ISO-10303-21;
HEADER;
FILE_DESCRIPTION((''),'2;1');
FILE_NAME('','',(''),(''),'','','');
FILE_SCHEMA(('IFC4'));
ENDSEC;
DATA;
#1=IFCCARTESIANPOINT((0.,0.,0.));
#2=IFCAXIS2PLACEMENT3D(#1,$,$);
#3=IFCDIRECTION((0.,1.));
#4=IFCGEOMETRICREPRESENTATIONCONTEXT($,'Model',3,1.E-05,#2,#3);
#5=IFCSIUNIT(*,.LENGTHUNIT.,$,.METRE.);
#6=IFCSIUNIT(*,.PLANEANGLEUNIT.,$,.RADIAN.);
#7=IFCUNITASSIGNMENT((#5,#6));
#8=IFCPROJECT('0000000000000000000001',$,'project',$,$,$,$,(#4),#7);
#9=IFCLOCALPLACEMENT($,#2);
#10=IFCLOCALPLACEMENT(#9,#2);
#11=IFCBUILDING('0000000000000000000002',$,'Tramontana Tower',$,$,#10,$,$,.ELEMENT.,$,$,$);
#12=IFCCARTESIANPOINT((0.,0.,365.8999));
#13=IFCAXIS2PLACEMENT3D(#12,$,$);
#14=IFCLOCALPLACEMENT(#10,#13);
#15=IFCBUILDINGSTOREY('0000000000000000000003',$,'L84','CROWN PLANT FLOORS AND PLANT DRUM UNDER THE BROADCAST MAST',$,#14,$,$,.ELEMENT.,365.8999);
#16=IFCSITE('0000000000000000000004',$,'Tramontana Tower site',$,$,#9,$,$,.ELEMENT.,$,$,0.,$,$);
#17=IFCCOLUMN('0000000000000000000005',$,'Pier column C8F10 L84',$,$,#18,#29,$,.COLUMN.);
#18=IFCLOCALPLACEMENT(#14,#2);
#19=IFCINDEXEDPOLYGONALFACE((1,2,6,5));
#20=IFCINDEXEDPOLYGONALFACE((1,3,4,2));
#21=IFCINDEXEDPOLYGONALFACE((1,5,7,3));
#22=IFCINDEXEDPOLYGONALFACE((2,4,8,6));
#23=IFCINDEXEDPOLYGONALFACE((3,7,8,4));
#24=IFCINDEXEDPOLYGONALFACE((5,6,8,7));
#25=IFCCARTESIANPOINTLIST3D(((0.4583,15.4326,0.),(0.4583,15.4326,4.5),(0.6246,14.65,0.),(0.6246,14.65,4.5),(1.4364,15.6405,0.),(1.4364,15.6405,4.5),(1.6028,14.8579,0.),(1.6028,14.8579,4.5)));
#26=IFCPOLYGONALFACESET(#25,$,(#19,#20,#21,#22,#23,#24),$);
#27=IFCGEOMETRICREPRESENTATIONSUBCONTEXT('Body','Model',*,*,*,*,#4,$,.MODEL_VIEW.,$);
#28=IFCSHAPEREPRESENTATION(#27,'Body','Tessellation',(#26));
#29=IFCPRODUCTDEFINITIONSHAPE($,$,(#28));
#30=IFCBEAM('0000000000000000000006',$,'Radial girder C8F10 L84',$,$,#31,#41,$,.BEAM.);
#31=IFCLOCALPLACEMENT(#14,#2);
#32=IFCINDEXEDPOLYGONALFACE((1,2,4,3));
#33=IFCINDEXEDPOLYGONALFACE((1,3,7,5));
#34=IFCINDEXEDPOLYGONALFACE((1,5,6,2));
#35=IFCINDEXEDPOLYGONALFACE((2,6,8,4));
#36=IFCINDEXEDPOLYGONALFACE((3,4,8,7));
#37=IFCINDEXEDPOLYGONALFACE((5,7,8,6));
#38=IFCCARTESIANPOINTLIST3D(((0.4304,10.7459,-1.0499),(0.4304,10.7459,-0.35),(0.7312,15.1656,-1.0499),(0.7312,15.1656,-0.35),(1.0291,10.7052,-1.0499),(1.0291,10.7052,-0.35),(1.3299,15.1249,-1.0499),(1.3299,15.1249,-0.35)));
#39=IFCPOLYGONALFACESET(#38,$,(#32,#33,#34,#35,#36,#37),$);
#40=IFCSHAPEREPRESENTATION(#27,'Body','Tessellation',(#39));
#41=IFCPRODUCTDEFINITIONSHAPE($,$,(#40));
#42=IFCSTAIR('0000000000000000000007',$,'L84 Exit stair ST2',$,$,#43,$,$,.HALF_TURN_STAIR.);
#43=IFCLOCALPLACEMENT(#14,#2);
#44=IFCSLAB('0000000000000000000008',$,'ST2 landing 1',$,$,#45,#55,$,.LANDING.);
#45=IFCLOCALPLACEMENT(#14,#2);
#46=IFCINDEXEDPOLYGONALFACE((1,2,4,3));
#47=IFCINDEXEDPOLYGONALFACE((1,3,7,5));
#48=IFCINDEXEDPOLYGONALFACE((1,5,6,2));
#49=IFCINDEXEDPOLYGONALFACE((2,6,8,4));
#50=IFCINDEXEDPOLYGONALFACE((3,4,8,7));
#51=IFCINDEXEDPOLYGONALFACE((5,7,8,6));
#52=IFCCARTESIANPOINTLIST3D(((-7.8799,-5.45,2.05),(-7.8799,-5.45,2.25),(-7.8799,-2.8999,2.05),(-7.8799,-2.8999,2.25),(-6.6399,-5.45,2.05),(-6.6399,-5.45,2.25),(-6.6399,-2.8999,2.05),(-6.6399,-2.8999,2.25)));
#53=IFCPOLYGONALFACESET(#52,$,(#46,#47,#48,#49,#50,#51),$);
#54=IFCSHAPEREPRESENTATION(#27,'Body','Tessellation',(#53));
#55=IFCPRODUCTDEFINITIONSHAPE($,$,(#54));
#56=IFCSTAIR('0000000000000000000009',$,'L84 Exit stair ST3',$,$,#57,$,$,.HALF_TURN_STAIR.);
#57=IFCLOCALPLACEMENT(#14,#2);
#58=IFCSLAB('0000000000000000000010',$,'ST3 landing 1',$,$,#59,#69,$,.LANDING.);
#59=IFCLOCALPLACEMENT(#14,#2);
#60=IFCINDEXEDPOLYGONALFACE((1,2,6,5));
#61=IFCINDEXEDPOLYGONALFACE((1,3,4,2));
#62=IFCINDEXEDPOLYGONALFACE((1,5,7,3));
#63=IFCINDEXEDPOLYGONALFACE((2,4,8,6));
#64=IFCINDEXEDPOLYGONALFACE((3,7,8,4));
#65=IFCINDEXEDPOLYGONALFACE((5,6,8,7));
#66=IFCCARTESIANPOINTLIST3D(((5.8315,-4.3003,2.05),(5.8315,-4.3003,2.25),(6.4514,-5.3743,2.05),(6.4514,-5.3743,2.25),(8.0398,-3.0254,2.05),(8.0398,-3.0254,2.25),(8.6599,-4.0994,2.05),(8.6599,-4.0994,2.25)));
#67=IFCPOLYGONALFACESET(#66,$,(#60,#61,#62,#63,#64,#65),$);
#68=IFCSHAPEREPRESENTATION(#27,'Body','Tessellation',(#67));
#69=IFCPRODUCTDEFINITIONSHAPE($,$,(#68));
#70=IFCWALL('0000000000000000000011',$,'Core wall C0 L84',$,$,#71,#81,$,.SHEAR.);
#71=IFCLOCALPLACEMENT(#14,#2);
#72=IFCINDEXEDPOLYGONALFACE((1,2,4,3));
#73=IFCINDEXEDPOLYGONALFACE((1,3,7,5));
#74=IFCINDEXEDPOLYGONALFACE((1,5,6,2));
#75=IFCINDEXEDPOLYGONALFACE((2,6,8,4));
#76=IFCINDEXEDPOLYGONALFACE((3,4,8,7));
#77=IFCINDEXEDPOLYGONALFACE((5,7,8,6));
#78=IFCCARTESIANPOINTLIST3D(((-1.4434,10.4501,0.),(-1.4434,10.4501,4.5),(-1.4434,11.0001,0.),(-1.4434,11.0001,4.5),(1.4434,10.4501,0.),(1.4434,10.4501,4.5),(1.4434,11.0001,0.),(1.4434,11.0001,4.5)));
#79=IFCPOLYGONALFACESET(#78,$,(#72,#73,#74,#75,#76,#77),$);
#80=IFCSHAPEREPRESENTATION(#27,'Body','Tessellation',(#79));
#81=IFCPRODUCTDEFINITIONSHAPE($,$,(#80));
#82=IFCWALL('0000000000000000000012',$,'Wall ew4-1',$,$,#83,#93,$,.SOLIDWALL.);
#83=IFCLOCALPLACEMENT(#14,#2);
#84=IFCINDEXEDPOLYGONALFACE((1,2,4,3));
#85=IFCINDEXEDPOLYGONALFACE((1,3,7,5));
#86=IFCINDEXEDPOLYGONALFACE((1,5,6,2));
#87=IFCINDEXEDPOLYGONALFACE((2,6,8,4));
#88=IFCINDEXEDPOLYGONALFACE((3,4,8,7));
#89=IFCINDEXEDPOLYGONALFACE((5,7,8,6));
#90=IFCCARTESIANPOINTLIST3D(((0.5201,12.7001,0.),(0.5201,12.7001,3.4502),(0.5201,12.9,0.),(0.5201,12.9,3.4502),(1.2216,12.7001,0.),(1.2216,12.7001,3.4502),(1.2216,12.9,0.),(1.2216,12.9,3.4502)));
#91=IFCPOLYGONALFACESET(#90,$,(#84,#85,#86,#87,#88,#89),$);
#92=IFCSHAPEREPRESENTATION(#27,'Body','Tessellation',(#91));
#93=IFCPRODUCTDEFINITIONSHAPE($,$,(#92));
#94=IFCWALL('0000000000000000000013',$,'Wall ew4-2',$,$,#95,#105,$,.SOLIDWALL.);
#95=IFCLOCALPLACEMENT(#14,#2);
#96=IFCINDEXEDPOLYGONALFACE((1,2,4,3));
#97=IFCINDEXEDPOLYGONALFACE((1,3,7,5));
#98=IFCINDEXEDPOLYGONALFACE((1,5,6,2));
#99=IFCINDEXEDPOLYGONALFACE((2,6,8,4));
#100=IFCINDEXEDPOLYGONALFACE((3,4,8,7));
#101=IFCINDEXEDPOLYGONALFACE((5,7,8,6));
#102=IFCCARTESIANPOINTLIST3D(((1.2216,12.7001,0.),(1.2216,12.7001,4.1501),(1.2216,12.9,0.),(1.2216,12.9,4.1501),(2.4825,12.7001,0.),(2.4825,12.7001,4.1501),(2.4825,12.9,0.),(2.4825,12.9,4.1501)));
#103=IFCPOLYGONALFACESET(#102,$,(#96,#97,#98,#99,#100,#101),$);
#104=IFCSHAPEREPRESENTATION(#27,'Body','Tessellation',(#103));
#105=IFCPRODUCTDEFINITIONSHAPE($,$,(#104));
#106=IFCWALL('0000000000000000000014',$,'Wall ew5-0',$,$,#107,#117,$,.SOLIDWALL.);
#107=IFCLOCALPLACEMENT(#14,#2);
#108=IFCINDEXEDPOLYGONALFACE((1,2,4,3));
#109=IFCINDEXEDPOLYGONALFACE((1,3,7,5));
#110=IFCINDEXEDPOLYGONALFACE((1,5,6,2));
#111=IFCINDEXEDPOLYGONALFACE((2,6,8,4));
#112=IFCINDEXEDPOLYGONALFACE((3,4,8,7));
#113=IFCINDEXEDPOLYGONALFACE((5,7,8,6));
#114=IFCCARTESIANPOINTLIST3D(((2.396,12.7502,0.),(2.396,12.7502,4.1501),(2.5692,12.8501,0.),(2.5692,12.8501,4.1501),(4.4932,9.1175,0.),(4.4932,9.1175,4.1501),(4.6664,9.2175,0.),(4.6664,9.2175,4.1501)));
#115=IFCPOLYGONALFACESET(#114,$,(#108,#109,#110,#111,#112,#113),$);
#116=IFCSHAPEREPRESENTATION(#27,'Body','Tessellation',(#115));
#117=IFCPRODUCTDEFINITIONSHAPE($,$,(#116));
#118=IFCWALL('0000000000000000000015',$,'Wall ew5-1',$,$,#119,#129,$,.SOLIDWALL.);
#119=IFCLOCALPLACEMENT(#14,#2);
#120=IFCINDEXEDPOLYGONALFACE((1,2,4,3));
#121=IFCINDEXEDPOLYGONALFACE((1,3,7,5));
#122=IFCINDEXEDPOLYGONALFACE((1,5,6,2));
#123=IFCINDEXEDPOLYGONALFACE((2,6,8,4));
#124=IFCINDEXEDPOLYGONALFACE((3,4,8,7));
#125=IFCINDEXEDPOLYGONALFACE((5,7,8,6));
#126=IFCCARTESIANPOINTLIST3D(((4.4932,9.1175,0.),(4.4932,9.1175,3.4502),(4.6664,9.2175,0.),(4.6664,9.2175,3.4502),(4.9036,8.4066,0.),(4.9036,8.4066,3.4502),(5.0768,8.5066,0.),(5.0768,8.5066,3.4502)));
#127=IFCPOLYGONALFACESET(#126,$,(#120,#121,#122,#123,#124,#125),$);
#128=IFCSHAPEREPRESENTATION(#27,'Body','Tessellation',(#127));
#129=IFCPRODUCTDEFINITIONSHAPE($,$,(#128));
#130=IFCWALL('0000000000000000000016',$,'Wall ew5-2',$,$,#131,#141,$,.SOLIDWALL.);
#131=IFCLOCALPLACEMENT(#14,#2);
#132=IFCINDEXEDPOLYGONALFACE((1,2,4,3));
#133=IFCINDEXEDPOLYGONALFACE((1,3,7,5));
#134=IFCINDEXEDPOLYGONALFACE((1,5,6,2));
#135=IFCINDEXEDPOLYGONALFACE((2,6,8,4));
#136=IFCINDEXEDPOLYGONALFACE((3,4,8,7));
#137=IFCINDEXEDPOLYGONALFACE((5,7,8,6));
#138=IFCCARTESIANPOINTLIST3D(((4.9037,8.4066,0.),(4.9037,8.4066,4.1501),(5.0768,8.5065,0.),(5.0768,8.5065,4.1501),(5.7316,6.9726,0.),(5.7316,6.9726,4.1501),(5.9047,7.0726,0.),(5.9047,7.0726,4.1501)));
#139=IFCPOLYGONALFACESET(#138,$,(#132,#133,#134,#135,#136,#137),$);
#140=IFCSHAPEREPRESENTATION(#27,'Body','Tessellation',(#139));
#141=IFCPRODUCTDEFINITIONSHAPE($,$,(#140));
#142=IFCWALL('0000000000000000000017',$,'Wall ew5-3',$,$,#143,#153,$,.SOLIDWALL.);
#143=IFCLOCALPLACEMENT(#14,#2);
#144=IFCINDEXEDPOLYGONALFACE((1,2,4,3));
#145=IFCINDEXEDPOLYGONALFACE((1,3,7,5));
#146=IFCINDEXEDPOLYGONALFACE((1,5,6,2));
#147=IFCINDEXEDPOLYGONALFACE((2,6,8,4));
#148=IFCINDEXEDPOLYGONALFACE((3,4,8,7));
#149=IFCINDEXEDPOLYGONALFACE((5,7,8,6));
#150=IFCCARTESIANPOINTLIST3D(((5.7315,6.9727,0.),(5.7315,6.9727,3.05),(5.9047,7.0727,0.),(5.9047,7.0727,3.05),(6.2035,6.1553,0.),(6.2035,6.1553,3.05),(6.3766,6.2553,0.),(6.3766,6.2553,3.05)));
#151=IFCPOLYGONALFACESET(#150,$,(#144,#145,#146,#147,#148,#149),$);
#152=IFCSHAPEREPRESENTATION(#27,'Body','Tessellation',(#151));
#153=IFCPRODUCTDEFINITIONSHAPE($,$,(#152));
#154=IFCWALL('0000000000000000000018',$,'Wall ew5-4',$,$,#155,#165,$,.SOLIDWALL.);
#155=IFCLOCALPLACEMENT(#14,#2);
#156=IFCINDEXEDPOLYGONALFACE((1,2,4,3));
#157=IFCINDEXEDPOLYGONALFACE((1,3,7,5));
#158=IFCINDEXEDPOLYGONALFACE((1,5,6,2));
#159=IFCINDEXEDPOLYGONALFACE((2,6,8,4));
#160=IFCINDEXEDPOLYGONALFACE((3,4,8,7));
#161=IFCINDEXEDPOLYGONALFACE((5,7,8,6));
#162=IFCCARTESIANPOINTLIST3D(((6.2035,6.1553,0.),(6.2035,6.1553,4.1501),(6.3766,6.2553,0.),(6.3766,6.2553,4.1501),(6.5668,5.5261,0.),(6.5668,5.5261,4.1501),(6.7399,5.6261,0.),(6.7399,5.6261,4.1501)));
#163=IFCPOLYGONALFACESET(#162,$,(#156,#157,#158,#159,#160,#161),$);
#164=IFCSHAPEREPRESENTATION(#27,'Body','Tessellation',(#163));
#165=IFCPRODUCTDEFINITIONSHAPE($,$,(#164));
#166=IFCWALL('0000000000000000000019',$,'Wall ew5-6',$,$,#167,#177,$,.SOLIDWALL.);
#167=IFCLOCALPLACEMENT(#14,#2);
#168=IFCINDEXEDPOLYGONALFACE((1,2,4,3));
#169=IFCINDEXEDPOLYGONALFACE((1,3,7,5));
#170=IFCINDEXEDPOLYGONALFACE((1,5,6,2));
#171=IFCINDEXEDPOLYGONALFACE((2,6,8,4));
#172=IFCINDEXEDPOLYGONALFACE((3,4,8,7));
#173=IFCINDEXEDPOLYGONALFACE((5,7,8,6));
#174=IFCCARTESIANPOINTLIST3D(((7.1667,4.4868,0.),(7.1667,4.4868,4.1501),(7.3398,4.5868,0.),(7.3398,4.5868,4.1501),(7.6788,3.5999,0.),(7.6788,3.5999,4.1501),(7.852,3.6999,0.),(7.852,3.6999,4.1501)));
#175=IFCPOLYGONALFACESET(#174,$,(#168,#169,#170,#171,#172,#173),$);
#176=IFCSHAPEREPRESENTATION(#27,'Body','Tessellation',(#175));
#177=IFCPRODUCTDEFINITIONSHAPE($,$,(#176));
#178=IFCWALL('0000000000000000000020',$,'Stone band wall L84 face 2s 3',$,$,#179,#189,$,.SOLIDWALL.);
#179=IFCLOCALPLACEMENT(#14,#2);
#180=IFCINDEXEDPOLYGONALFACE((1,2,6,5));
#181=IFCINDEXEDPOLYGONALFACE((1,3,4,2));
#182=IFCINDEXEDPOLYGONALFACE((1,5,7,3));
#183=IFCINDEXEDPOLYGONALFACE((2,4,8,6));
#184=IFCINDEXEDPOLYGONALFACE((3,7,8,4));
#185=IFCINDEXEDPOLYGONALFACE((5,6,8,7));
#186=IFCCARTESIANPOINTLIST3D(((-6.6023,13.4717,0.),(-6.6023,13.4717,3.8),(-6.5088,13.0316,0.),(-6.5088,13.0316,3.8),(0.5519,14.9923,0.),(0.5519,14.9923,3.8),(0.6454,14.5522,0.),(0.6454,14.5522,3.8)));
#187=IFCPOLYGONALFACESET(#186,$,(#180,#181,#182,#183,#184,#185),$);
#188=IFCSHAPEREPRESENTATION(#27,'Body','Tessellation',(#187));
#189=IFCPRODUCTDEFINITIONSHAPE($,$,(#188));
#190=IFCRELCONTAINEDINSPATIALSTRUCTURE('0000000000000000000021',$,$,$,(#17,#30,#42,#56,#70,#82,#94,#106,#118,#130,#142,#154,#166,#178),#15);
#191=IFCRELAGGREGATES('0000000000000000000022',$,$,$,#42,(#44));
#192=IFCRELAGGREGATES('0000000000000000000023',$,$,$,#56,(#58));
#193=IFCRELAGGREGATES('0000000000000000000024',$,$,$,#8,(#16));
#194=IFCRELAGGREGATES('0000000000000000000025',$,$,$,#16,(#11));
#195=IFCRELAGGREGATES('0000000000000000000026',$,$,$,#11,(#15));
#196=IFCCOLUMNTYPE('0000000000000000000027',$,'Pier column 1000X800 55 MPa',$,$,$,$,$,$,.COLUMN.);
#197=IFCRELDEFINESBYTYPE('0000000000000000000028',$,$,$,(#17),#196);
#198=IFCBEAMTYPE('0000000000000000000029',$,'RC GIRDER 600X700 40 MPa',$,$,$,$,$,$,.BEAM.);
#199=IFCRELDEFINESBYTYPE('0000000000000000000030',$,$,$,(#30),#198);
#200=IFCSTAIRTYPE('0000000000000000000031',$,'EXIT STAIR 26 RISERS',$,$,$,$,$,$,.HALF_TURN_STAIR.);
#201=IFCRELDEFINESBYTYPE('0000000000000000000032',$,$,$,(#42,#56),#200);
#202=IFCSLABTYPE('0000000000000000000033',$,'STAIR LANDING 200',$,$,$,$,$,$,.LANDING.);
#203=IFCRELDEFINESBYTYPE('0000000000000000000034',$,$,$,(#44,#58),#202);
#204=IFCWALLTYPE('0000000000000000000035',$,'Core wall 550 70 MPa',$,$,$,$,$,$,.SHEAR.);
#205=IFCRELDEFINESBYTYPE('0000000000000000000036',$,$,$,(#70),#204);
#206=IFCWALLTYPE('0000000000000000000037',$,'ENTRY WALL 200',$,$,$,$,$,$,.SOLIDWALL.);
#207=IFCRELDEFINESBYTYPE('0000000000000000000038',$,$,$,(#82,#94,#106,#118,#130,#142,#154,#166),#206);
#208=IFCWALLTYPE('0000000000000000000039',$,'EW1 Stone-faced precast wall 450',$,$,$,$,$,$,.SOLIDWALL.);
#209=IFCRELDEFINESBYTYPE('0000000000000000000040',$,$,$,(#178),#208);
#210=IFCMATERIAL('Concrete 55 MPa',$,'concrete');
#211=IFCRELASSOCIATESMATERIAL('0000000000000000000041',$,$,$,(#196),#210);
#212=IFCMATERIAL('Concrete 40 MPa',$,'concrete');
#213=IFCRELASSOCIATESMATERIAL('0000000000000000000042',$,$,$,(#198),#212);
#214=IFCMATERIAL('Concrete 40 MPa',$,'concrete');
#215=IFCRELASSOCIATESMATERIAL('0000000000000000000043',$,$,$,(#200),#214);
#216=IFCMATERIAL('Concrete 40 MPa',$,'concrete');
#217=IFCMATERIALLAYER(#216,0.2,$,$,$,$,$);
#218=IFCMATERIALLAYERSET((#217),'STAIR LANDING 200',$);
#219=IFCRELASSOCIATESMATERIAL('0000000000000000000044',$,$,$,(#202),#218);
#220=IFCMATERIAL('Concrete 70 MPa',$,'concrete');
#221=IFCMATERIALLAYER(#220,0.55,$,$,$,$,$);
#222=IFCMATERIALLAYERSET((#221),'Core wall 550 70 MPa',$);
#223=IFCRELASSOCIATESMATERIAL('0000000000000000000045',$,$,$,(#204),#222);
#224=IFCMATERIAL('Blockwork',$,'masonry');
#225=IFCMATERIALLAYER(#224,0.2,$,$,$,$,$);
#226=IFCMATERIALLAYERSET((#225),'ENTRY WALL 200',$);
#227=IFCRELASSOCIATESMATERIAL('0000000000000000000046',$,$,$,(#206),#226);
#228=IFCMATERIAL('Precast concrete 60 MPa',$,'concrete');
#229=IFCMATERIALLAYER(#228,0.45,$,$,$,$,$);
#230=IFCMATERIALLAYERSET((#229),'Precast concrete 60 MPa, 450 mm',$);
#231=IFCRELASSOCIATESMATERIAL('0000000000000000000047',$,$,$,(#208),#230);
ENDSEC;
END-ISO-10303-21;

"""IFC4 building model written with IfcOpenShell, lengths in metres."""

from ifc_helpers import new_model, si_unit, direction, frame, frame_2d, origin, origin_2d, place, context, subcontext, project, spatial, polyline, rectangle, outline, extrude, material, layer, layer_set, material_profile, profile_set, type_object, element, aggregate, save


model = new_model("IFC4")

# Units and contexts
model_context = context("Model", 3, precision=1e-05, world=origin(), true_north=direction((0.0, 1.0)))
body_context = subcontext(model_context, "Body", "Model", "MODEL_VIEW")
ifc_project = project(units=[si_unit("LENGTHUNIT", "METRE"), si_unit("PLANEANGLEUNIT", "RADIAN")], contexts=[model_context])

# Site, building, storey
site_placement = place(None, origin())
site = spatial("IfcSite", under=ifc_project, at=site_placement, Name="Tramontana Tower site", CompositionType="ELEMENT", RefElevation=0.0)
building_placement = place(site_placement, origin())
building = spatial("IfcBuilding", under=site, at=building_placement, Name="Tramontana Tower", CompositionType="ELEMENT")
storey_placement = place(building_placement, frame((0.0, 0.0, 365.8999)))
storey = spatial("IfcBuildingStorey", under=building, at=storey_placement, Name="L84", Description="CROWN PLANT FLOORS AND PLANT DRUM UNDER THE BROADCAST MAST", CompositionType="ELEMENT", Elevation=365.8999)

# Column
ifc_material_1 = material(Name="Concrete 55 MPa", Category="concrete")
ifc_material_profile_1 = material_profile(ifc_material_1, rectangle(XDim=1.0, YDim=0.8, at=origin_2d()), Name="Pier column 1000X800 55 MPa")
ifc_profile_set_1 = profile_set([ifc_material_profile_1], Name="Concrete 55 MPa")
column_type = type_object("IfcColumnType", Name="Pier column 1000X800 55 MPa", PredefinedType="COLUMN", material=ifc_profile_set_1)
column_placement = place(storey_placement, frame((1.0305, 15.1453, 0.0), z_axis=(0.0, 0.0, 1.0), x_axis=(-0.978148, -0.207912, 0.0)))
element("IfcColumn", 1, at=column_placement, inside=storey, type_object=column_type, Name="Pier column C8F10 L84", PredefinedType="COLUMN", context=body_context, shape_type="SweptSolid", body=[
    extrude(rectangle(XDim=1.0, YDim=0.8, at=origin_2d()), origin(), (0.0, 0.0, 1.0), 4.5),
])

# Beam
ifc_material_2 = material(Name="Concrete 40 MPa", Category="concrete")
ifc_material_profile_2 = material_profile(ifc_material_2, rectangle(XDim=0.6001, YDim=0.7, at=origin_2d()), Name="RC GIRDER 600X700 40 MPa")
ifc_profile_set_2 = profile_set([ifc_material_profile_2], Name="Concrete 40 MPa")
beam_type = type_object("IfcBeamType", Name="RC GIRDER 600X700 40 MPa", PredefinedType="BEAM", material=ifc_profile_set_2)
beam_placement = place(storey_placement, frame((1.0305, 15.1453, -0.7), z_axis=(-0.067898, -0.997692, 0.0), x_axis=(0.997692, -0.067898, 0.0)))
element("IfcBeam", 2, at=beam_placement, inside=storey, type_object=beam_type, Name="Radial girder C8F10 L84", PredefinedType="BEAM", context=body_context, shape_type="SweptSolid", body=[
    extrude(rectangle(XDim=0.6001, YDim=0.7, at=origin_2d()), origin(), (0.0, 0.0, 1.0), 4.4299),
])

# Stairs, slabs
ifc_material_3 = material(Name="Concrete 40 MPa", Category="concrete")
stair_type = type_object("IfcStairType", Name="EXIT STAIR 26 RISERS", PredefinedType="HALF_TURN_STAIR", material=ifc_material_3)
stair_1_placement = place(storey_placement, origin())
stair_1 = element("IfcStair", 3, at=stair_1_placement, inside=storey, type_object=stair_type, Name="L84 Exit stair ST2", PredefinedType="HALF_TURN_STAIR")
ifc_material_4 = material(Name="Concrete 40 MPa", Category="concrete")
ifc_layer_1 = layer(ifc_material_4, 0.2)
ifc_layer_set_1 = layer_set([ifc_layer_1], Name="STAIR LANDING 200")
slab_type = type_object("IfcSlabType", Name="STAIR LANDING 200", PredefinedType="LANDING", material=ifc_layer_set_1)
slab_1_placement = place(storey_placement, frame((0.0, 0.0, 2.05)))
slab_1 = element("IfcSlab", 4, at=slab_1_placement, type_object=slab_type, Name="ST2 landing 1", PredefinedType="LANDING", context=body_context, shape_type="SweptSolid", body=[
    extrude(outline(polyline([(-6.6399, -2.8999), (-7.8799, -2.8999), (-7.8799, -5.45), (-6.6399, -5.45), (-6.6399, -2.8999)])), origin(), (0.0, 0.0, 1.0), 0.2),
])
aggregate(stair_1, [slab_1])
stair_2_placement = place(storey_placement, origin())
stair_2 = element("IfcStair", 5, at=stair_2_placement, inside=storey, type_object=stair_type, Name="L84 Exit stair ST3", PredefinedType="HALF_TURN_STAIR")
slab_2_placement = place(storey_placement, frame((0.0, 0.0, 2.05)))
slab_2 = element("IfcSlab", 6, at=slab_2_placement, type_object=slab_type, Name="ST3 landing 1", PredefinedType="LANDING", context=body_context, shape_type="SweptSolid", body=[
    extrude(outline(polyline([(5.8315, -4.3003), (6.4514, -5.3743), (8.6599, -4.0994), (8.0398, -3.0254), (5.8315, -4.3003)])), origin(), (0.0, 0.0, 1.0), 0.2),
])
aggregate(stair_2, [slab_2])

# Walls
ifc_material_5 = material(Name="Concrete 70 MPa", Category="concrete")
ifc_layer_2 = layer(ifc_material_5, 0.55)
ifc_layer_set_2 = layer_set([ifc_layer_2], Name="Core wall 550 70 MPa")
wall_type_1 = type_object("IfcWallType", Name="Core wall 550 70 MPa", PredefinedType="SHEAR", material=ifc_layer_set_2)
wall_1_placement = place(storey_placement, frame((1.4434, 10.7251, 0.0), z_axis=(0.0, 0.0, 1.0), x_axis=(-1.0, 0.0, 0.0)))
element("IfcWall", 7, at=wall_1_placement, inside=storey, type_object=wall_type_1, Name="Core wall C0 L84", PredefinedType="SHEAR", context=body_context, shape_type="SweptSolid", body=[
    extrude(rectangle(XDim=2.8867, YDim=0.55, at=frame_2d((1.4434, 0.0))), origin(), (0.0, 0.0, 1.0), 4.5),
])
ifc_material_6 = material(Name="Blockwork", Category="masonry")
ifc_layer_3 = layer(ifc_material_6, 0.2)
ifc_layer_set_3 = layer_set([ifc_layer_3], Name="ENTRY WALL 200")
wall_type_2 = type_object("IfcWallType", Name="ENTRY WALL 200", PredefinedType="SOLIDWALL", material=ifc_layer_set_3)
wall_2_placement = place(storey_placement, frame((0.5203, 12.8, 0.0), z_axis=(0.0, 0.0, 1.0), x_axis=(1.0, 0.0, 0.0)))
element("IfcWall", 8, at=wall_2_placement, inside=storey, type_object=wall_type_2, Name="Wall ew4-1", PredefinedType="SOLIDWALL", context=body_context, shape_type="SweptSolid", body=[
    extrude(rectangle(XDim=0.7014, YDim=0.2, at=frame_2d((0.3506, 0.0))), origin(), (0.0, 0.0, 1.0), 3.4502),
])
wall_3_placement = place(storey_placement, frame((1.2217, 12.8, 0.0), z_axis=(0.0, 0.0, 1.0), x_axis=(1.0, 0.0, 0.0)))
element("IfcWall", 9, at=wall_3_placement, inside=storey, type_object=wall_type_2, Name="Wall ew4-2", PredefinedType="SOLIDWALL", context=body_context, shape_type="SweptSolid", body=[
    extrude(rectangle(XDim=1.261, YDim=0.2, at=frame_2d((0.6304, 0.0))), origin(), (0.0, 0.0, 1.0), 4.1501),
])
wall_4_placement = place(storey_placement, frame((2.4827, 12.8, 0.0), z_axis=(0.0, 0.0, 1.0), x_axis=(0.499983, -0.866035, 0.0)))
element("IfcWall", 10, at=wall_4_placement, inside=storey, type_object=wall_type_2, Name="Wall ew5-0", PredefinedType="SOLIDWALL", context=body_context, shape_type="SweptSolid", body=[
    extrude(rectangle(XDim=4.1946, YDim=0.2, at=frame_2d((2.0972, 0.0))), origin(), (0.0, 0.0, 1.0), 4.1501),
])
wall_5_placement = place(storey_placement, frame((4.5798, 9.1675, 0.0), z_axis=(0.0, 0.0, 1.0), x_axis=(0.499946, -0.866057, 0.0)))
element("IfcWall", 11, at=wall_5_placement, inside=storey, type_object=wall_type_2, Name="Wall ew5-1", PredefinedType="SOLIDWALL", context=body_context, shape_type="SweptSolid", body=[
    extrude(rectangle(XDim=0.8208, YDim=0.2, at=frame_2d((0.4104, 0.0))), origin(), (0.0, 0.0, 1.0), 3.4502),
])
wall_6_placement = place(storey_placement, frame((4.9902, 8.4565, 0.0), z_axis=(0.0, 0.0, 1.0), x_axis=(0.500025, -0.866011, 0.0)))
element("IfcWall", 12, at=wall_6_placement, inside=storey, type_object=wall_type_2, Name="Wall ew5-2", PredefinedType="SOLIDWALL", context=body_context, shape_type="SweptSolid", body=[
    extrude(rectangle(XDim=1.6558, YDim=0.2, at=frame_2d((0.8279, 0.0))), origin(), (0.0, 0.0, 1.0), 4.1501),
])
wall_7_placement = place(storey_placement, frame((5.8181, 7.0227, 0.0), z_axis=(0.0, 0.0, 1.0), x_axis=(0.500006, -0.866022, 0.0)))
element("IfcWall", 13, at=wall_7_placement, inside=storey, type_object=wall_type_2, Name="Wall ew5-3", PredefinedType="SOLIDWALL", context=body_context, shape_type="SweptSolid", body=[
    extrude(rectangle(XDim=0.9438, YDim=0.2, at=frame_2d((0.4719, 0.0))), origin(), (0.0, 0.0, 1.0), 3.05),
])
wall_8_placement = place(storey_placement, frame((6.29, 6.2053, 0.0), z_axis=(0.0, 0.0, 1.0), x_axis=(0.500042, -0.866001, 0.0)))
element("IfcWall", 14, at=wall_8_placement, inside=storey, type_object=wall_type_2, Name="Wall ew5-4", PredefinedType="SOLIDWALL", context=body_context, shape_type="SweptSolid", body=[
    extrude(rectangle(XDim=0.7266, YDim=0.2, at=frame_2d((0.3633, 0.0))), origin(), (0.0, 0.0, 1.0), 4.1501),
])

# Walls
wall_9_placement = place(storey_placement, frame((7.2532, 4.5369, 0.0), z_axis=(0.0, 0.0, 1.0), x_axis=(0.500087, -0.865975, 0.0)))
element("IfcWall", 15, at=wall_9_placement, inside=storey, type_object=wall_type_2, Name="Wall ew5-6", PredefinedType="SOLIDWALL", context=body_context, shape_type="SweptSolid", body=[
    extrude(rectangle(XDim=1.0242, YDim=0.2, at=frame_2d((0.5122, 0.0))), origin(), (0.0, 0.0, 1.0), 4.1501),
])
ifc_material_7 = material(Name="Precast concrete 60 MPa", Category="concrete")
ifc_layer_4 = layer(ifc_material_7, 0.45)
ifc_layer_set_4 = layer_set([ifc_layer_4], Name="Precast concrete 60 MPa, 450 mm")
wall_type_3 = type_object("IfcWallType", Name="EW1 Stone-faced precast wall 450", PredefinedType="SOLIDWALL", material=ifc_layer_set_4)
wall_10_placement = place(storey_placement, frame((0.5986, 14.7722, 0.0), z_axis=(0.0, 0.0, 1.0), x_axis=(-0.978151, -0.207894, 0.0)))
element("IfcWall", 16, at=wall_10_placement, inside=storey, type_object=wall_type_3, Name="Stone band wall L84 face 2s 3", PredefinedType="SOLIDWALL", context=body_context, shape_type="SweptSolid", body=[
    extrude(rectangle(XDim=7.314, YDim=0.45, at=frame_2d((3.657, 0.0))), origin(), (0.0, 0.0, 1.0), 3.8),
])

save(model, "model.ifc")
